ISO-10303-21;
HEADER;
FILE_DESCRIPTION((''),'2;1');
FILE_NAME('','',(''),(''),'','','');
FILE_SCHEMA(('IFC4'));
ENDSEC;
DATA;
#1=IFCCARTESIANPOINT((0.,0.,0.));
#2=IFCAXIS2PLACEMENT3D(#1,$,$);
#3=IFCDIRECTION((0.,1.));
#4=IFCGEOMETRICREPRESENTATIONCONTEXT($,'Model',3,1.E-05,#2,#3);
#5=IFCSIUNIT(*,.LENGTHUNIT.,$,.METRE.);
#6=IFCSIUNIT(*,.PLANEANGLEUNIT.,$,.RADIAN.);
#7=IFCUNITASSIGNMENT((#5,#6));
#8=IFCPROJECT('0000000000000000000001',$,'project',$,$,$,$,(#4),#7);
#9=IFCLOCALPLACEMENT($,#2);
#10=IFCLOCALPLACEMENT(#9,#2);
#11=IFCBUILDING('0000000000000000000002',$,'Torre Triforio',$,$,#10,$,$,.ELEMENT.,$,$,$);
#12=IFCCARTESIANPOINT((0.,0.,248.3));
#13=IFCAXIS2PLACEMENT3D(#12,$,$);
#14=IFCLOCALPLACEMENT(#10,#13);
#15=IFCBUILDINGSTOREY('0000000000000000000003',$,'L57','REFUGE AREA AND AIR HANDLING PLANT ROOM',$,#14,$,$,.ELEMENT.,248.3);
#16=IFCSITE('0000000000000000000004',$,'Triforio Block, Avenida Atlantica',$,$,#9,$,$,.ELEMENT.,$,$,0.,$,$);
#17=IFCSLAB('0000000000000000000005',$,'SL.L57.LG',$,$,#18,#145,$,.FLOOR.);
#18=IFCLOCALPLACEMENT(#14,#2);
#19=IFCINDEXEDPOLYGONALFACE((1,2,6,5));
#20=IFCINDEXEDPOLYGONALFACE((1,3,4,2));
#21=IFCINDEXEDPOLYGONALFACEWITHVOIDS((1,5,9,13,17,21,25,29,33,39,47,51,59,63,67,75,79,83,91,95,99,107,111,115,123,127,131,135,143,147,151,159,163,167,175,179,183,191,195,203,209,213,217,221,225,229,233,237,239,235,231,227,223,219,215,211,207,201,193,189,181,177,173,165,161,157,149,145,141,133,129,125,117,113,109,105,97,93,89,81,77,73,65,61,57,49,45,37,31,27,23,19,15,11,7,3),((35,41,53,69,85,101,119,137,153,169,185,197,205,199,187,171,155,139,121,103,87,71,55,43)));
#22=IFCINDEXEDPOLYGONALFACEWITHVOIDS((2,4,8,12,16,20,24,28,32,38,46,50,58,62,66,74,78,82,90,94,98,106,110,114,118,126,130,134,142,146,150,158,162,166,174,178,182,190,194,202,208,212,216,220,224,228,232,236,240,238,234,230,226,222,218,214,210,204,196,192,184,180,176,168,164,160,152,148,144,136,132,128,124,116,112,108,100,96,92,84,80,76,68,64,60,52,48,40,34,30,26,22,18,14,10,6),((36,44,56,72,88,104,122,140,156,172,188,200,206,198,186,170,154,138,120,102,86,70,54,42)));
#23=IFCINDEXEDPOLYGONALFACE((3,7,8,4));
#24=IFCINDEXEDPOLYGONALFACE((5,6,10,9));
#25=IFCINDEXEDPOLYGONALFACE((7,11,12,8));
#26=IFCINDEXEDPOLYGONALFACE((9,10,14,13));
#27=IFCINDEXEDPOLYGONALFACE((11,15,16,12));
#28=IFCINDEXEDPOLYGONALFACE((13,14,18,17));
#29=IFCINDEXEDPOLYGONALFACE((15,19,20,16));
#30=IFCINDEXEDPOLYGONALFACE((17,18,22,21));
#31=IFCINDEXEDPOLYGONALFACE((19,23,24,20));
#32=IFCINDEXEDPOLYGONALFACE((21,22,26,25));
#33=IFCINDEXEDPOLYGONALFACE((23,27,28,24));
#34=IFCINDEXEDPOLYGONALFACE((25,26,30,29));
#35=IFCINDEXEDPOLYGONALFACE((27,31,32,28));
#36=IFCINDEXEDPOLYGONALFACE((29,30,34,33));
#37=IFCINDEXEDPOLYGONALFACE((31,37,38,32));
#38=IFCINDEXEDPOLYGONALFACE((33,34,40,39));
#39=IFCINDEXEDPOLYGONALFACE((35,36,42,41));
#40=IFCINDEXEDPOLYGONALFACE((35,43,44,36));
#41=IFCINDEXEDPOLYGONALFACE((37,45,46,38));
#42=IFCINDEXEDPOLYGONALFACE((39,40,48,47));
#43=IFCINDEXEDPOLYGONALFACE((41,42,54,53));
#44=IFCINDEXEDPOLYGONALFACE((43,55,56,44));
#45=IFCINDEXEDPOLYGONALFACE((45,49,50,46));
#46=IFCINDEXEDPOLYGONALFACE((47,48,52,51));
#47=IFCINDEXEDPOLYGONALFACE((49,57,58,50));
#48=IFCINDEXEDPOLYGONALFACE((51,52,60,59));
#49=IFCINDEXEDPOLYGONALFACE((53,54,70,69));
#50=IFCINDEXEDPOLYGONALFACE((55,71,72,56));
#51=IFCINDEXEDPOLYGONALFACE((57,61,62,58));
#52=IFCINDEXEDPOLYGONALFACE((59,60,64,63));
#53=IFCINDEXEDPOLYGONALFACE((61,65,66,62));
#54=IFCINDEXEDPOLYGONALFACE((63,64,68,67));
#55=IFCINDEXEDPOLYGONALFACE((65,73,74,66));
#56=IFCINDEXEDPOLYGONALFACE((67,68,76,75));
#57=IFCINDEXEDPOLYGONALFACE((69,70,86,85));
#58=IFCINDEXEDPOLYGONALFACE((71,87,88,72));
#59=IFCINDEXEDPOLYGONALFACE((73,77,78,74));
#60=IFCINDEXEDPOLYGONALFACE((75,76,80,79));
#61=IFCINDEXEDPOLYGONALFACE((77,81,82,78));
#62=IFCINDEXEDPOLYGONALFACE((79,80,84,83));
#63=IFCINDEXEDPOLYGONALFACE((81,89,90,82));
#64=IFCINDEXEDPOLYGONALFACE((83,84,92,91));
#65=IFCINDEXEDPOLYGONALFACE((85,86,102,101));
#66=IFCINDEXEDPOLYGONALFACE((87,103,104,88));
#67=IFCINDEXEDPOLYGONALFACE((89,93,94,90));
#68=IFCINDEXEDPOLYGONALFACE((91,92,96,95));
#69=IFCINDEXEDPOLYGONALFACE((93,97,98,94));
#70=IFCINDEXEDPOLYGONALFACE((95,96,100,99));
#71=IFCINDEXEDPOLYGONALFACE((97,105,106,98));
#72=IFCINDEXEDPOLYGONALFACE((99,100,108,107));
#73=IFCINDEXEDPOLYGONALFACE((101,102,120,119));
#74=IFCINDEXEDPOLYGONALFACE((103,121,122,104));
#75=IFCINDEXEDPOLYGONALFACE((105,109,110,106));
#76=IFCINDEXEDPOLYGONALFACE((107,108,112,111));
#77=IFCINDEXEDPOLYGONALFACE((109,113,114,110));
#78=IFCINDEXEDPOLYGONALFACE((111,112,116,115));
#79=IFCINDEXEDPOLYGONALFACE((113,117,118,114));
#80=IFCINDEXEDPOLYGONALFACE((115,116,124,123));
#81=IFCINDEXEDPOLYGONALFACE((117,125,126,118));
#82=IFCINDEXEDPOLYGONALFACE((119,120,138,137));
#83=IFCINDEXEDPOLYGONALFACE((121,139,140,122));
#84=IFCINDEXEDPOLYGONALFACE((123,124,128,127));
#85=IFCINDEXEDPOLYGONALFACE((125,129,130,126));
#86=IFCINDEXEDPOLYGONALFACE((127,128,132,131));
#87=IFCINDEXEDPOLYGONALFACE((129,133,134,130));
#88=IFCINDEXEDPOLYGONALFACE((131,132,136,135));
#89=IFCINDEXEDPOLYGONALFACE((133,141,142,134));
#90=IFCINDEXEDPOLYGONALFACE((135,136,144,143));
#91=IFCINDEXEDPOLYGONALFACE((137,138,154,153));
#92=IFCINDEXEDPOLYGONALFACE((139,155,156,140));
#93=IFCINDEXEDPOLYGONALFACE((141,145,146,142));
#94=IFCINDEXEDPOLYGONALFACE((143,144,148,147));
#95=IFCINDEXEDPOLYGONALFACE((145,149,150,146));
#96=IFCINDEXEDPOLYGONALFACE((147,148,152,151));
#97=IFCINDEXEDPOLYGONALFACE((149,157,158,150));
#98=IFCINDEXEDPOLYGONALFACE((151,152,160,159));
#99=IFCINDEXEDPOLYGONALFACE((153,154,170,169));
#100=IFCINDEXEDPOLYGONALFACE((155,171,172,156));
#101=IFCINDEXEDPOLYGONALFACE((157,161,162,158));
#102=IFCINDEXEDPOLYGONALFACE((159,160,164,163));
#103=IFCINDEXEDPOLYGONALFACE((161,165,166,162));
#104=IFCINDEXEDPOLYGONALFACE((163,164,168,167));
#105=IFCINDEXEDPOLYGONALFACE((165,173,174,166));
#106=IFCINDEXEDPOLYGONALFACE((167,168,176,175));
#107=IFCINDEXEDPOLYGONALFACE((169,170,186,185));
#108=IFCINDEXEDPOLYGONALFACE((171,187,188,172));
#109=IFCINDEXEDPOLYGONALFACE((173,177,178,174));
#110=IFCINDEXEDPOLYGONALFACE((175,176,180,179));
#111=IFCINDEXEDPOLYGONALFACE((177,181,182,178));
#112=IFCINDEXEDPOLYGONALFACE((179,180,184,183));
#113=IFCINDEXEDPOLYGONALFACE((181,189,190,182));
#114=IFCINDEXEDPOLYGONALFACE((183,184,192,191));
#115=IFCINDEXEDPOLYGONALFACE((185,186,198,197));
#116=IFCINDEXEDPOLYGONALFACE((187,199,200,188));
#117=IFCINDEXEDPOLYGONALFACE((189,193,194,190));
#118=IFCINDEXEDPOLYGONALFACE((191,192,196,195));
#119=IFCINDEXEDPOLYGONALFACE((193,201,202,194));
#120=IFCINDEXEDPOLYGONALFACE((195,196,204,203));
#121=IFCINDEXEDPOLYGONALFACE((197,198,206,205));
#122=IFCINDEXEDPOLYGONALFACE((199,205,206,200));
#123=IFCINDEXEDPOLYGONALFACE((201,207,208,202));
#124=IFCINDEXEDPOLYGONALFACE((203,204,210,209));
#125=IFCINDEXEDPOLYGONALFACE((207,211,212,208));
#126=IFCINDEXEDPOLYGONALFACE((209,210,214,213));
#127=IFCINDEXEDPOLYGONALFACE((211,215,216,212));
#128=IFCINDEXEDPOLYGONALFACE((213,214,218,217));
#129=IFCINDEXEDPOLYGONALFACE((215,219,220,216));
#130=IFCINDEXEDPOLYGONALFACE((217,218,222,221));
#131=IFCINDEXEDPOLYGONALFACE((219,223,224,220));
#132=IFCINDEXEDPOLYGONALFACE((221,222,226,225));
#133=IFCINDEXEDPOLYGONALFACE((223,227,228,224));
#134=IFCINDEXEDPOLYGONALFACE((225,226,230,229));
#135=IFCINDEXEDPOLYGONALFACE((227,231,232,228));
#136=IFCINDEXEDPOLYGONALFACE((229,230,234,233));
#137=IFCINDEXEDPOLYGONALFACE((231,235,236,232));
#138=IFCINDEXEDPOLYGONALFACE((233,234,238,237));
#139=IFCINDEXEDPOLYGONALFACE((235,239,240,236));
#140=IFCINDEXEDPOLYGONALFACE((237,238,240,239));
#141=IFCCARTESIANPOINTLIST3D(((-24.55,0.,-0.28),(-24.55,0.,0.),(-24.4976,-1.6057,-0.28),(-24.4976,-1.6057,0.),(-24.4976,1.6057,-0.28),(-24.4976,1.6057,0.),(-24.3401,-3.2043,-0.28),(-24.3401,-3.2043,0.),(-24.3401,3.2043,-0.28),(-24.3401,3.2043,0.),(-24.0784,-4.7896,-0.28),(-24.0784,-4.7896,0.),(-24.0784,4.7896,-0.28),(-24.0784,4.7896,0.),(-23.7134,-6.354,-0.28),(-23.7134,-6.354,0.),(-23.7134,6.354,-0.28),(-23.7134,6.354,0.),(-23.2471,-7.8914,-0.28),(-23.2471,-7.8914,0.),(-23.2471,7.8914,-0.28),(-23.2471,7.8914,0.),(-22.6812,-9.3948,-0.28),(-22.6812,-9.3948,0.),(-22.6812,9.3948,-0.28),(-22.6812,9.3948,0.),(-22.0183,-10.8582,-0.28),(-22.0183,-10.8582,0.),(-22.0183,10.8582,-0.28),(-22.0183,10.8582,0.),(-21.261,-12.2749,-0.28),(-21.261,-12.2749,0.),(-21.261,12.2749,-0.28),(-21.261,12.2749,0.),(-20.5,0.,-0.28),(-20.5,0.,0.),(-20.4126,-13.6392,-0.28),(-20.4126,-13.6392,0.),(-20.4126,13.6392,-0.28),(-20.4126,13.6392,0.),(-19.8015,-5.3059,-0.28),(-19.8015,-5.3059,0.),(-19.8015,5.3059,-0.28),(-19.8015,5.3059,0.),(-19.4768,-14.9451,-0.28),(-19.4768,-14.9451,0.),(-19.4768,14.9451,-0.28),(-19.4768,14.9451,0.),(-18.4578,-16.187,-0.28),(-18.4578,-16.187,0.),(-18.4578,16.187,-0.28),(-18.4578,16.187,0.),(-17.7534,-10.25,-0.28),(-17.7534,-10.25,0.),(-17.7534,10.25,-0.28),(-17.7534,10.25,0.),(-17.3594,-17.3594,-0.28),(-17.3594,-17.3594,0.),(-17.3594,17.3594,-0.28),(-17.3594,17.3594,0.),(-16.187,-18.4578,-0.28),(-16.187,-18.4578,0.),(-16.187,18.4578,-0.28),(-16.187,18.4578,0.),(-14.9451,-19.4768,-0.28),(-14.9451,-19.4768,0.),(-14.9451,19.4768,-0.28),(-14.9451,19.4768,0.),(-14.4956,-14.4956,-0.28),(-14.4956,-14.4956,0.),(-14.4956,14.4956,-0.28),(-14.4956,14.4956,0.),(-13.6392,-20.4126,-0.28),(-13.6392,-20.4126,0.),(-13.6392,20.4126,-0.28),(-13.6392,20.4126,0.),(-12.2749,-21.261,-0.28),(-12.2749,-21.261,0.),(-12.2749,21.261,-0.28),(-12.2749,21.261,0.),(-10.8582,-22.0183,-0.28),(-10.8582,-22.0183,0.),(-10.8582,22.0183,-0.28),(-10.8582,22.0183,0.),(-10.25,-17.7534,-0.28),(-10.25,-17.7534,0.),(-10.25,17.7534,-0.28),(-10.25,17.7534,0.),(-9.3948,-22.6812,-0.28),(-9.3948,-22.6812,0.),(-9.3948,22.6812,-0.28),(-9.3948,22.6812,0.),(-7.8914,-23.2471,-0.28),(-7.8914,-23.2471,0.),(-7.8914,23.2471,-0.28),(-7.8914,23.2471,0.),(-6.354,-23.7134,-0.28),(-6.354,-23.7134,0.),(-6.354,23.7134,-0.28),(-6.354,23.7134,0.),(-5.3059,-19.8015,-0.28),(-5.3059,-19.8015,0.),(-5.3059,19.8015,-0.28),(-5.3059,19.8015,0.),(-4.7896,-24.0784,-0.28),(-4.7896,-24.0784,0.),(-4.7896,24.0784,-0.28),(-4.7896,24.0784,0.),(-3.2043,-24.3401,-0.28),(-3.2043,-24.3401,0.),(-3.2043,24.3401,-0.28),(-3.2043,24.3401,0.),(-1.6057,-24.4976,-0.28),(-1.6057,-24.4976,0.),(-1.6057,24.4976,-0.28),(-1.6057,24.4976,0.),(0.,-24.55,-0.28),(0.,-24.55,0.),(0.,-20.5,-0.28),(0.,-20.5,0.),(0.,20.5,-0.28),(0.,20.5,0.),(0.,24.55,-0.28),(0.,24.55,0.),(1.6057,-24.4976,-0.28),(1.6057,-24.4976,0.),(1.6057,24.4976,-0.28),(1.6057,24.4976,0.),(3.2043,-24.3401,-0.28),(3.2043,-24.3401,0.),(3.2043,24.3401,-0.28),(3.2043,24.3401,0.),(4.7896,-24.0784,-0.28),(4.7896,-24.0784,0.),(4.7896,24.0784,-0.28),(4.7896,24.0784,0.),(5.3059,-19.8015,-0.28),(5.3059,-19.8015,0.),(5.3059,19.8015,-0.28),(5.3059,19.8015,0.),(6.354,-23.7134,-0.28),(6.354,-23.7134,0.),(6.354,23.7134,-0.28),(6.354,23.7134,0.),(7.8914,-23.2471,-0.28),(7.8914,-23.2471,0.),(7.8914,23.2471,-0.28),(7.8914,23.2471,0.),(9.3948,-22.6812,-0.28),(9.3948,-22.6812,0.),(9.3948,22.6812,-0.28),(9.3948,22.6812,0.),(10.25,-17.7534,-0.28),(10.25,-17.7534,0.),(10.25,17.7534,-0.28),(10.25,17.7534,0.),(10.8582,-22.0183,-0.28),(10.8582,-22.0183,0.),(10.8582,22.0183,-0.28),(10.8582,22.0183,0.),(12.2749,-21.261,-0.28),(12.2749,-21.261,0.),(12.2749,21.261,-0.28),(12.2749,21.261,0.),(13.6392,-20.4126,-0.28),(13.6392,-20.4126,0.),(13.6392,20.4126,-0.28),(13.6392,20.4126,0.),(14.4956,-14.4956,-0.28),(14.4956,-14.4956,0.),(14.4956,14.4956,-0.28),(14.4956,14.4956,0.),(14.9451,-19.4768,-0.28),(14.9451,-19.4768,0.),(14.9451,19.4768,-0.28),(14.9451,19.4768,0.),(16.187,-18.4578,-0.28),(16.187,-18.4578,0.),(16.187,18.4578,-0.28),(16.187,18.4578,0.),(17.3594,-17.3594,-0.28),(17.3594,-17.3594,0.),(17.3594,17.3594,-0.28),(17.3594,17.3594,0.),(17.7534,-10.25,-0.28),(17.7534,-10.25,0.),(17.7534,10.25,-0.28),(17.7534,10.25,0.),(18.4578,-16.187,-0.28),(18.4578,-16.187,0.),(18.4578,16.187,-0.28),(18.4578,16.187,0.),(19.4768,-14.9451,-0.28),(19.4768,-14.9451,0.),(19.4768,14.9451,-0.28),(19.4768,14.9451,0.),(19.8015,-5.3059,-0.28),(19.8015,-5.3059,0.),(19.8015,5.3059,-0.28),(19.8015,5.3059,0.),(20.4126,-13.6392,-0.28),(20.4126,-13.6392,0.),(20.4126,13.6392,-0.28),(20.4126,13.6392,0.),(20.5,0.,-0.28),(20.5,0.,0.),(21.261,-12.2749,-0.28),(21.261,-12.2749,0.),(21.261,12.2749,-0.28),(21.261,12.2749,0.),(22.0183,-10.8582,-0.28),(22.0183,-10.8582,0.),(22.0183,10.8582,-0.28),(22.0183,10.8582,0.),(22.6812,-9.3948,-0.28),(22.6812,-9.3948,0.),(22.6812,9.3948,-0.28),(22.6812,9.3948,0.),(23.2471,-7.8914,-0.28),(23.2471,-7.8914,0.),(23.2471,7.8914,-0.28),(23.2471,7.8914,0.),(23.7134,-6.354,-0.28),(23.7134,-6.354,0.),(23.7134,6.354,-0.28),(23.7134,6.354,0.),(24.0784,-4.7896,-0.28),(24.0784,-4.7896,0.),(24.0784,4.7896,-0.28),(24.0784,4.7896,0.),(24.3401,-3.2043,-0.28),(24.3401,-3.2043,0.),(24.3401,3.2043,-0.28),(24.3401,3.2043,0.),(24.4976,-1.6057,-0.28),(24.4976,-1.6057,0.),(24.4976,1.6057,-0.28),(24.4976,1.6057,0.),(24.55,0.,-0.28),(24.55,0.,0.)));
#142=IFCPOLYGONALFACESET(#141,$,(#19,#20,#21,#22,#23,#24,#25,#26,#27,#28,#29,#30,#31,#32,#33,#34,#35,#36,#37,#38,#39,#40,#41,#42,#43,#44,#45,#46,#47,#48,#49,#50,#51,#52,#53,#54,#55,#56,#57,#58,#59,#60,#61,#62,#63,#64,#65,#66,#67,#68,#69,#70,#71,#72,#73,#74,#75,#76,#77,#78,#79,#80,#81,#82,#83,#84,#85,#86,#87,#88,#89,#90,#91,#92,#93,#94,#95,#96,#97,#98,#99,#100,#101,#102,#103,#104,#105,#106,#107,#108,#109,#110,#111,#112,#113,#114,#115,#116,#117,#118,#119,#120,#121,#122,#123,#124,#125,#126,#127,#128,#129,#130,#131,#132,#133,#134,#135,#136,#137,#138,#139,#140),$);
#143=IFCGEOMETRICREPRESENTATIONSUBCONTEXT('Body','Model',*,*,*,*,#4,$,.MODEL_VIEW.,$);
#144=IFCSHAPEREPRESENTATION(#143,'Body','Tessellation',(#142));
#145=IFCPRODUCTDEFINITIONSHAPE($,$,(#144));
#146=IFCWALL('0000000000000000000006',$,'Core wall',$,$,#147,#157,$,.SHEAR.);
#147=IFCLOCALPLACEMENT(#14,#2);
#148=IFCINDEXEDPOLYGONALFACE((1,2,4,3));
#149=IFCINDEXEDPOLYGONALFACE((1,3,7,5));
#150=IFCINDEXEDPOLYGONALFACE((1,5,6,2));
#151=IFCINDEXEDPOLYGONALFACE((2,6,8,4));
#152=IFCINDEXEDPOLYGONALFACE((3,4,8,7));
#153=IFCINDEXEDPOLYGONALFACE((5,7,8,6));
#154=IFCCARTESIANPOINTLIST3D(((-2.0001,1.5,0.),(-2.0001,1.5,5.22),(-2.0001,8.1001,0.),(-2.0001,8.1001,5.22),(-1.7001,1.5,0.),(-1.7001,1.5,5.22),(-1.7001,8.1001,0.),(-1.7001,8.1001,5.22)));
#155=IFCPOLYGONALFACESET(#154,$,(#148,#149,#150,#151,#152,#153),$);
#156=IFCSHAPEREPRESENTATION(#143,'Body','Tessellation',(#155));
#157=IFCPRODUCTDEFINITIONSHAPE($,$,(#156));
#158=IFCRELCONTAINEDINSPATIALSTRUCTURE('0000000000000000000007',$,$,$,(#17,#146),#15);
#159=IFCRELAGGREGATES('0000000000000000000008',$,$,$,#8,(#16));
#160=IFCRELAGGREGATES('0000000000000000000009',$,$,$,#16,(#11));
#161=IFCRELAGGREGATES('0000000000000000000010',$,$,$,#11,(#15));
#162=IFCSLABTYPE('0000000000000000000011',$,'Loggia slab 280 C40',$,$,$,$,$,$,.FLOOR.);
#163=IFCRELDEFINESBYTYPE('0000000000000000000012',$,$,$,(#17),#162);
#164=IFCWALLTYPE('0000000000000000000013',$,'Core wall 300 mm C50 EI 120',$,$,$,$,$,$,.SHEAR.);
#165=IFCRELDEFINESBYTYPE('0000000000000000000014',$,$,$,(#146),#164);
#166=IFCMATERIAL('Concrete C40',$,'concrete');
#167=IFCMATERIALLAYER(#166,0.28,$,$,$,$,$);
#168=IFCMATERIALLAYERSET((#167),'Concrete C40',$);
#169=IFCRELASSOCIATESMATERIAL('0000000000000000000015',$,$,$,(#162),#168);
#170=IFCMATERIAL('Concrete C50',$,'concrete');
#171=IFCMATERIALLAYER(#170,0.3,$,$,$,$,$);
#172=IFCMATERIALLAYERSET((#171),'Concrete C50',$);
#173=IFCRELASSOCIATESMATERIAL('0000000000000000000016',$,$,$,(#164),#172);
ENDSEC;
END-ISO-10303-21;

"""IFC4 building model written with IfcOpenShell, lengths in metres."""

from ifc_helpers import new_model, si_unit, direction, frame, frame_2d, origin, place, context, subcontext, project, spatial, polyline, rectangle, outline, extrude, material, layer, layer_set, type_object, element, save


model = new_model("IFC4")

# Units and contexts
model_context = context("Model", 3, precision=1e-05, world=origin(), true_north=direction((0.0, 1.0)))
body_context = subcontext(model_context, "Body", "Model", "MODEL_VIEW")
ifc_project = project(units=[si_unit("LENGTHUNIT", "METRE"), si_unit("PLANEANGLEUNIT", "RADIAN")], contexts=[model_context])

# Site, building, storey
site_placement = place(None, origin())
site = spatial("IfcSite", under=ifc_project, at=site_placement, Name="Triforio Block, Avenida Atlantica", CompositionType="ELEMENT", RefElevation=0.0)
building_placement = place(site_placement, origin())
building = spatial("IfcBuilding", under=site, at=building_placement, Name="Torre Triforio", CompositionType="ELEMENT")
storey_placement = place(building_placement, frame((0.0, 0.0, 248.3)))
storey = spatial("IfcBuildingStorey", under=building, at=storey_placement, Name="L57", Description="REFUGE AREA AND AIR HANDLING PLANT ROOM", CompositionType="ELEMENT", Elevation=248.3)

# Shared definitions
ifc_material_1 = material(Name="Concrete C40", Category="concrete")

# Slab
ifc_layer_1 = layer(ifc_material_1, 0.28)
ifc_layer_set_1 = layer_set([ifc_layer_1], Name="Concrete C40")
slab_type_1 = type_object("IfcSlabType", Name="Loggia slab 280 C40", PredefinedType="FLOOR", material=ifc_layer_set_1)
slab_1_placement = place(storey_placement, frame((0.0, 0.0, -0.28)))
element("IfcSlab", 1, at=slab_1_placement, inside=storey, type_object=slab_type_1, Name="SL.L57.LG", PredefinedType="FLOOR", context=body_context, shape_type="SweptSolid", body=[
    extrude(outline(polyline([(24.4976, -1.6057), (24.55, 0.0), (24.4976, 1.6057), (24.3401, 3.2043), (24.0784, 4.7896), (23.7134, 6.354), (23.2471, 7.8914), (22.6812, 9.3948), (22.0183, 10.8582), (21.261, 12.2749), (20.4126, 13.6392), (19.4768, 14.9451), (18.4578, 16.187), (17.3594, 17.3594), (16.187, 18.4578), (14.9451, 19.4768), (13.6392, 20.4126), (12.2749, 21.261), (10.8582, 22.0183), (9.3948, 22.6812), (7.8914, 23.2471), (6.354, 23.7134), (4.7896, 24.0784), (3.2043, 24.3401), (1.6057, 24.4976), (0.0, 24.55), (-1.6057, 24.4976), (-3.2043, 24.3401), (-4.7896, 24.0784), (-6.354, 23.7134), (-7.8914, 23.2471), (-9.3948, 22.6812), (-10.8582, 22.0183), (-12.2749, 21.261), (-13.6392, 20.4126), (-14.9451, 19.4768), (-16.187, 18.4578), (-17.3594, 17.3594), (-18.4578, 16.187), (-19.4768, 14.9451), (-20.4126, 13.6392), (-21.261, 12.2749), (-22.0183, 10.8582), (-22.6812, 9.3948), (-23.2471, 7.8914), (-23.7134, 6.354), (-24.0784, 4.7896), (-24.3401, 3.2043), (-24.4976, 1.6057), (-24.55, 0.0), (-24.4976, -1.6057), (-24.3401, -3.2043), (-24.0784, -4.7896), (-23.7134, -6.354), (-23.2471, -7.8914), (-22.6812, -9.3948), (-22.0183, -10.8582), (-21.261, -12.2749), (-20.4126, -13.6392), (-19.4768, -14.9451), (-18.4578, -16.187), (-17.3594, -17.3594), (-16.187, -18.4578), (-14.9451, -19.4768), (-13.6392, -20.4126), (-12.2749, -21.261), (-10.8582, -22.0183), (-9.3948, -22.6812), (-7.8914, -23.2471), (-6.354, -23.7134), (-4.7896, -24.0784), (-3.2043, -24.3401), (-1.6057, -24.4976), (0.0, -24.55), (1.6057, -24.4976), (3.2043, -24.3401), (4.7896, -24.0784), (6.354, -23.7134), (7.8914, -23.2471), (9.3948, -22.6812), (10.8582, -22.0183), (12.2749, -21.261), (13.6392, -20.4126), (14.9451, -19.4768), (16.187, -18.4578), (17.3594, -17.3594), (18.4578, -16.187), (19.4768, -14.9451), (20.4126, -13.6392), (21.261, -12.2749), (22.0183, -10.8582), (22.6812, -9.3948), (23.2471, -7.8914), (23.7134, -6.354), (24.0784, -4.7896), (24.3401, -3.2043), (24.4976, -1.6057)]), holes=[polyline([(19.8015, 5.3059), (20.5, 0.0), (19.8015, -5.3059), (17.7534, -10.25), (14.4956, -14.4956), (10.25, -17.7534), (5.3059, -19.8015), (0.0, -20.5), (-5.3059, -19.8015), (-10.25, -17.7534), (-14.4956, -14.4956), (-17.7534, -10.25), (-19.8015, -5.3059), (-20.5, 0.0), (-19.8015, 5.3059), (-17.7534, 10.25), (-14.4956, 14.4956), (-10.25, 17.7534), (-5.3059, 19.8015), (0.0, 20.5), (5.3059, 19.8015), (10.25, 17.7534), (14.4956, 14.4956), (17.7534, 10.25), (19.8015, 5.3059)])]), origin(), (0.0, 0.0, 1.0), 0.28),
])

# Wall
ifc_material_2 = material(Name="Concrete C50", Category="concrete")
ifc_layer_2 = layer(ifc_material_2, 0.3)
ifc_layer_set_2 = layer_set([ifc_layer_2], Name="Concrete C50")
wall_type_1 = type_object("IfcWallType", Name="Core wall 300 mm C50 EI 120", PredefinedType="SHEAR", material=ifc_layer_set_2)
wall_1_placement = place(storey_placement, frame((-1.8501, 1.5, 0.0), z_axis=(0.0, 0.0, 1.0), x_axis=(0.0, 1.0, 0.0)))
element("IfcWall", 2, at=wall_1_placement, inside=storey, type_object=wall_type_1, Name="Core wall", PredefinedType="SHEAR", context=body_context, shape_type="SweptSolid", body=[
    extrude(rectangle(XDim=6.6001, YDim=0.3, at=frame_2d((3.3, 0.0))), origin(), (0.0, 0.0, 1.0), 5.22),
])

save(model, "model.ifc")
